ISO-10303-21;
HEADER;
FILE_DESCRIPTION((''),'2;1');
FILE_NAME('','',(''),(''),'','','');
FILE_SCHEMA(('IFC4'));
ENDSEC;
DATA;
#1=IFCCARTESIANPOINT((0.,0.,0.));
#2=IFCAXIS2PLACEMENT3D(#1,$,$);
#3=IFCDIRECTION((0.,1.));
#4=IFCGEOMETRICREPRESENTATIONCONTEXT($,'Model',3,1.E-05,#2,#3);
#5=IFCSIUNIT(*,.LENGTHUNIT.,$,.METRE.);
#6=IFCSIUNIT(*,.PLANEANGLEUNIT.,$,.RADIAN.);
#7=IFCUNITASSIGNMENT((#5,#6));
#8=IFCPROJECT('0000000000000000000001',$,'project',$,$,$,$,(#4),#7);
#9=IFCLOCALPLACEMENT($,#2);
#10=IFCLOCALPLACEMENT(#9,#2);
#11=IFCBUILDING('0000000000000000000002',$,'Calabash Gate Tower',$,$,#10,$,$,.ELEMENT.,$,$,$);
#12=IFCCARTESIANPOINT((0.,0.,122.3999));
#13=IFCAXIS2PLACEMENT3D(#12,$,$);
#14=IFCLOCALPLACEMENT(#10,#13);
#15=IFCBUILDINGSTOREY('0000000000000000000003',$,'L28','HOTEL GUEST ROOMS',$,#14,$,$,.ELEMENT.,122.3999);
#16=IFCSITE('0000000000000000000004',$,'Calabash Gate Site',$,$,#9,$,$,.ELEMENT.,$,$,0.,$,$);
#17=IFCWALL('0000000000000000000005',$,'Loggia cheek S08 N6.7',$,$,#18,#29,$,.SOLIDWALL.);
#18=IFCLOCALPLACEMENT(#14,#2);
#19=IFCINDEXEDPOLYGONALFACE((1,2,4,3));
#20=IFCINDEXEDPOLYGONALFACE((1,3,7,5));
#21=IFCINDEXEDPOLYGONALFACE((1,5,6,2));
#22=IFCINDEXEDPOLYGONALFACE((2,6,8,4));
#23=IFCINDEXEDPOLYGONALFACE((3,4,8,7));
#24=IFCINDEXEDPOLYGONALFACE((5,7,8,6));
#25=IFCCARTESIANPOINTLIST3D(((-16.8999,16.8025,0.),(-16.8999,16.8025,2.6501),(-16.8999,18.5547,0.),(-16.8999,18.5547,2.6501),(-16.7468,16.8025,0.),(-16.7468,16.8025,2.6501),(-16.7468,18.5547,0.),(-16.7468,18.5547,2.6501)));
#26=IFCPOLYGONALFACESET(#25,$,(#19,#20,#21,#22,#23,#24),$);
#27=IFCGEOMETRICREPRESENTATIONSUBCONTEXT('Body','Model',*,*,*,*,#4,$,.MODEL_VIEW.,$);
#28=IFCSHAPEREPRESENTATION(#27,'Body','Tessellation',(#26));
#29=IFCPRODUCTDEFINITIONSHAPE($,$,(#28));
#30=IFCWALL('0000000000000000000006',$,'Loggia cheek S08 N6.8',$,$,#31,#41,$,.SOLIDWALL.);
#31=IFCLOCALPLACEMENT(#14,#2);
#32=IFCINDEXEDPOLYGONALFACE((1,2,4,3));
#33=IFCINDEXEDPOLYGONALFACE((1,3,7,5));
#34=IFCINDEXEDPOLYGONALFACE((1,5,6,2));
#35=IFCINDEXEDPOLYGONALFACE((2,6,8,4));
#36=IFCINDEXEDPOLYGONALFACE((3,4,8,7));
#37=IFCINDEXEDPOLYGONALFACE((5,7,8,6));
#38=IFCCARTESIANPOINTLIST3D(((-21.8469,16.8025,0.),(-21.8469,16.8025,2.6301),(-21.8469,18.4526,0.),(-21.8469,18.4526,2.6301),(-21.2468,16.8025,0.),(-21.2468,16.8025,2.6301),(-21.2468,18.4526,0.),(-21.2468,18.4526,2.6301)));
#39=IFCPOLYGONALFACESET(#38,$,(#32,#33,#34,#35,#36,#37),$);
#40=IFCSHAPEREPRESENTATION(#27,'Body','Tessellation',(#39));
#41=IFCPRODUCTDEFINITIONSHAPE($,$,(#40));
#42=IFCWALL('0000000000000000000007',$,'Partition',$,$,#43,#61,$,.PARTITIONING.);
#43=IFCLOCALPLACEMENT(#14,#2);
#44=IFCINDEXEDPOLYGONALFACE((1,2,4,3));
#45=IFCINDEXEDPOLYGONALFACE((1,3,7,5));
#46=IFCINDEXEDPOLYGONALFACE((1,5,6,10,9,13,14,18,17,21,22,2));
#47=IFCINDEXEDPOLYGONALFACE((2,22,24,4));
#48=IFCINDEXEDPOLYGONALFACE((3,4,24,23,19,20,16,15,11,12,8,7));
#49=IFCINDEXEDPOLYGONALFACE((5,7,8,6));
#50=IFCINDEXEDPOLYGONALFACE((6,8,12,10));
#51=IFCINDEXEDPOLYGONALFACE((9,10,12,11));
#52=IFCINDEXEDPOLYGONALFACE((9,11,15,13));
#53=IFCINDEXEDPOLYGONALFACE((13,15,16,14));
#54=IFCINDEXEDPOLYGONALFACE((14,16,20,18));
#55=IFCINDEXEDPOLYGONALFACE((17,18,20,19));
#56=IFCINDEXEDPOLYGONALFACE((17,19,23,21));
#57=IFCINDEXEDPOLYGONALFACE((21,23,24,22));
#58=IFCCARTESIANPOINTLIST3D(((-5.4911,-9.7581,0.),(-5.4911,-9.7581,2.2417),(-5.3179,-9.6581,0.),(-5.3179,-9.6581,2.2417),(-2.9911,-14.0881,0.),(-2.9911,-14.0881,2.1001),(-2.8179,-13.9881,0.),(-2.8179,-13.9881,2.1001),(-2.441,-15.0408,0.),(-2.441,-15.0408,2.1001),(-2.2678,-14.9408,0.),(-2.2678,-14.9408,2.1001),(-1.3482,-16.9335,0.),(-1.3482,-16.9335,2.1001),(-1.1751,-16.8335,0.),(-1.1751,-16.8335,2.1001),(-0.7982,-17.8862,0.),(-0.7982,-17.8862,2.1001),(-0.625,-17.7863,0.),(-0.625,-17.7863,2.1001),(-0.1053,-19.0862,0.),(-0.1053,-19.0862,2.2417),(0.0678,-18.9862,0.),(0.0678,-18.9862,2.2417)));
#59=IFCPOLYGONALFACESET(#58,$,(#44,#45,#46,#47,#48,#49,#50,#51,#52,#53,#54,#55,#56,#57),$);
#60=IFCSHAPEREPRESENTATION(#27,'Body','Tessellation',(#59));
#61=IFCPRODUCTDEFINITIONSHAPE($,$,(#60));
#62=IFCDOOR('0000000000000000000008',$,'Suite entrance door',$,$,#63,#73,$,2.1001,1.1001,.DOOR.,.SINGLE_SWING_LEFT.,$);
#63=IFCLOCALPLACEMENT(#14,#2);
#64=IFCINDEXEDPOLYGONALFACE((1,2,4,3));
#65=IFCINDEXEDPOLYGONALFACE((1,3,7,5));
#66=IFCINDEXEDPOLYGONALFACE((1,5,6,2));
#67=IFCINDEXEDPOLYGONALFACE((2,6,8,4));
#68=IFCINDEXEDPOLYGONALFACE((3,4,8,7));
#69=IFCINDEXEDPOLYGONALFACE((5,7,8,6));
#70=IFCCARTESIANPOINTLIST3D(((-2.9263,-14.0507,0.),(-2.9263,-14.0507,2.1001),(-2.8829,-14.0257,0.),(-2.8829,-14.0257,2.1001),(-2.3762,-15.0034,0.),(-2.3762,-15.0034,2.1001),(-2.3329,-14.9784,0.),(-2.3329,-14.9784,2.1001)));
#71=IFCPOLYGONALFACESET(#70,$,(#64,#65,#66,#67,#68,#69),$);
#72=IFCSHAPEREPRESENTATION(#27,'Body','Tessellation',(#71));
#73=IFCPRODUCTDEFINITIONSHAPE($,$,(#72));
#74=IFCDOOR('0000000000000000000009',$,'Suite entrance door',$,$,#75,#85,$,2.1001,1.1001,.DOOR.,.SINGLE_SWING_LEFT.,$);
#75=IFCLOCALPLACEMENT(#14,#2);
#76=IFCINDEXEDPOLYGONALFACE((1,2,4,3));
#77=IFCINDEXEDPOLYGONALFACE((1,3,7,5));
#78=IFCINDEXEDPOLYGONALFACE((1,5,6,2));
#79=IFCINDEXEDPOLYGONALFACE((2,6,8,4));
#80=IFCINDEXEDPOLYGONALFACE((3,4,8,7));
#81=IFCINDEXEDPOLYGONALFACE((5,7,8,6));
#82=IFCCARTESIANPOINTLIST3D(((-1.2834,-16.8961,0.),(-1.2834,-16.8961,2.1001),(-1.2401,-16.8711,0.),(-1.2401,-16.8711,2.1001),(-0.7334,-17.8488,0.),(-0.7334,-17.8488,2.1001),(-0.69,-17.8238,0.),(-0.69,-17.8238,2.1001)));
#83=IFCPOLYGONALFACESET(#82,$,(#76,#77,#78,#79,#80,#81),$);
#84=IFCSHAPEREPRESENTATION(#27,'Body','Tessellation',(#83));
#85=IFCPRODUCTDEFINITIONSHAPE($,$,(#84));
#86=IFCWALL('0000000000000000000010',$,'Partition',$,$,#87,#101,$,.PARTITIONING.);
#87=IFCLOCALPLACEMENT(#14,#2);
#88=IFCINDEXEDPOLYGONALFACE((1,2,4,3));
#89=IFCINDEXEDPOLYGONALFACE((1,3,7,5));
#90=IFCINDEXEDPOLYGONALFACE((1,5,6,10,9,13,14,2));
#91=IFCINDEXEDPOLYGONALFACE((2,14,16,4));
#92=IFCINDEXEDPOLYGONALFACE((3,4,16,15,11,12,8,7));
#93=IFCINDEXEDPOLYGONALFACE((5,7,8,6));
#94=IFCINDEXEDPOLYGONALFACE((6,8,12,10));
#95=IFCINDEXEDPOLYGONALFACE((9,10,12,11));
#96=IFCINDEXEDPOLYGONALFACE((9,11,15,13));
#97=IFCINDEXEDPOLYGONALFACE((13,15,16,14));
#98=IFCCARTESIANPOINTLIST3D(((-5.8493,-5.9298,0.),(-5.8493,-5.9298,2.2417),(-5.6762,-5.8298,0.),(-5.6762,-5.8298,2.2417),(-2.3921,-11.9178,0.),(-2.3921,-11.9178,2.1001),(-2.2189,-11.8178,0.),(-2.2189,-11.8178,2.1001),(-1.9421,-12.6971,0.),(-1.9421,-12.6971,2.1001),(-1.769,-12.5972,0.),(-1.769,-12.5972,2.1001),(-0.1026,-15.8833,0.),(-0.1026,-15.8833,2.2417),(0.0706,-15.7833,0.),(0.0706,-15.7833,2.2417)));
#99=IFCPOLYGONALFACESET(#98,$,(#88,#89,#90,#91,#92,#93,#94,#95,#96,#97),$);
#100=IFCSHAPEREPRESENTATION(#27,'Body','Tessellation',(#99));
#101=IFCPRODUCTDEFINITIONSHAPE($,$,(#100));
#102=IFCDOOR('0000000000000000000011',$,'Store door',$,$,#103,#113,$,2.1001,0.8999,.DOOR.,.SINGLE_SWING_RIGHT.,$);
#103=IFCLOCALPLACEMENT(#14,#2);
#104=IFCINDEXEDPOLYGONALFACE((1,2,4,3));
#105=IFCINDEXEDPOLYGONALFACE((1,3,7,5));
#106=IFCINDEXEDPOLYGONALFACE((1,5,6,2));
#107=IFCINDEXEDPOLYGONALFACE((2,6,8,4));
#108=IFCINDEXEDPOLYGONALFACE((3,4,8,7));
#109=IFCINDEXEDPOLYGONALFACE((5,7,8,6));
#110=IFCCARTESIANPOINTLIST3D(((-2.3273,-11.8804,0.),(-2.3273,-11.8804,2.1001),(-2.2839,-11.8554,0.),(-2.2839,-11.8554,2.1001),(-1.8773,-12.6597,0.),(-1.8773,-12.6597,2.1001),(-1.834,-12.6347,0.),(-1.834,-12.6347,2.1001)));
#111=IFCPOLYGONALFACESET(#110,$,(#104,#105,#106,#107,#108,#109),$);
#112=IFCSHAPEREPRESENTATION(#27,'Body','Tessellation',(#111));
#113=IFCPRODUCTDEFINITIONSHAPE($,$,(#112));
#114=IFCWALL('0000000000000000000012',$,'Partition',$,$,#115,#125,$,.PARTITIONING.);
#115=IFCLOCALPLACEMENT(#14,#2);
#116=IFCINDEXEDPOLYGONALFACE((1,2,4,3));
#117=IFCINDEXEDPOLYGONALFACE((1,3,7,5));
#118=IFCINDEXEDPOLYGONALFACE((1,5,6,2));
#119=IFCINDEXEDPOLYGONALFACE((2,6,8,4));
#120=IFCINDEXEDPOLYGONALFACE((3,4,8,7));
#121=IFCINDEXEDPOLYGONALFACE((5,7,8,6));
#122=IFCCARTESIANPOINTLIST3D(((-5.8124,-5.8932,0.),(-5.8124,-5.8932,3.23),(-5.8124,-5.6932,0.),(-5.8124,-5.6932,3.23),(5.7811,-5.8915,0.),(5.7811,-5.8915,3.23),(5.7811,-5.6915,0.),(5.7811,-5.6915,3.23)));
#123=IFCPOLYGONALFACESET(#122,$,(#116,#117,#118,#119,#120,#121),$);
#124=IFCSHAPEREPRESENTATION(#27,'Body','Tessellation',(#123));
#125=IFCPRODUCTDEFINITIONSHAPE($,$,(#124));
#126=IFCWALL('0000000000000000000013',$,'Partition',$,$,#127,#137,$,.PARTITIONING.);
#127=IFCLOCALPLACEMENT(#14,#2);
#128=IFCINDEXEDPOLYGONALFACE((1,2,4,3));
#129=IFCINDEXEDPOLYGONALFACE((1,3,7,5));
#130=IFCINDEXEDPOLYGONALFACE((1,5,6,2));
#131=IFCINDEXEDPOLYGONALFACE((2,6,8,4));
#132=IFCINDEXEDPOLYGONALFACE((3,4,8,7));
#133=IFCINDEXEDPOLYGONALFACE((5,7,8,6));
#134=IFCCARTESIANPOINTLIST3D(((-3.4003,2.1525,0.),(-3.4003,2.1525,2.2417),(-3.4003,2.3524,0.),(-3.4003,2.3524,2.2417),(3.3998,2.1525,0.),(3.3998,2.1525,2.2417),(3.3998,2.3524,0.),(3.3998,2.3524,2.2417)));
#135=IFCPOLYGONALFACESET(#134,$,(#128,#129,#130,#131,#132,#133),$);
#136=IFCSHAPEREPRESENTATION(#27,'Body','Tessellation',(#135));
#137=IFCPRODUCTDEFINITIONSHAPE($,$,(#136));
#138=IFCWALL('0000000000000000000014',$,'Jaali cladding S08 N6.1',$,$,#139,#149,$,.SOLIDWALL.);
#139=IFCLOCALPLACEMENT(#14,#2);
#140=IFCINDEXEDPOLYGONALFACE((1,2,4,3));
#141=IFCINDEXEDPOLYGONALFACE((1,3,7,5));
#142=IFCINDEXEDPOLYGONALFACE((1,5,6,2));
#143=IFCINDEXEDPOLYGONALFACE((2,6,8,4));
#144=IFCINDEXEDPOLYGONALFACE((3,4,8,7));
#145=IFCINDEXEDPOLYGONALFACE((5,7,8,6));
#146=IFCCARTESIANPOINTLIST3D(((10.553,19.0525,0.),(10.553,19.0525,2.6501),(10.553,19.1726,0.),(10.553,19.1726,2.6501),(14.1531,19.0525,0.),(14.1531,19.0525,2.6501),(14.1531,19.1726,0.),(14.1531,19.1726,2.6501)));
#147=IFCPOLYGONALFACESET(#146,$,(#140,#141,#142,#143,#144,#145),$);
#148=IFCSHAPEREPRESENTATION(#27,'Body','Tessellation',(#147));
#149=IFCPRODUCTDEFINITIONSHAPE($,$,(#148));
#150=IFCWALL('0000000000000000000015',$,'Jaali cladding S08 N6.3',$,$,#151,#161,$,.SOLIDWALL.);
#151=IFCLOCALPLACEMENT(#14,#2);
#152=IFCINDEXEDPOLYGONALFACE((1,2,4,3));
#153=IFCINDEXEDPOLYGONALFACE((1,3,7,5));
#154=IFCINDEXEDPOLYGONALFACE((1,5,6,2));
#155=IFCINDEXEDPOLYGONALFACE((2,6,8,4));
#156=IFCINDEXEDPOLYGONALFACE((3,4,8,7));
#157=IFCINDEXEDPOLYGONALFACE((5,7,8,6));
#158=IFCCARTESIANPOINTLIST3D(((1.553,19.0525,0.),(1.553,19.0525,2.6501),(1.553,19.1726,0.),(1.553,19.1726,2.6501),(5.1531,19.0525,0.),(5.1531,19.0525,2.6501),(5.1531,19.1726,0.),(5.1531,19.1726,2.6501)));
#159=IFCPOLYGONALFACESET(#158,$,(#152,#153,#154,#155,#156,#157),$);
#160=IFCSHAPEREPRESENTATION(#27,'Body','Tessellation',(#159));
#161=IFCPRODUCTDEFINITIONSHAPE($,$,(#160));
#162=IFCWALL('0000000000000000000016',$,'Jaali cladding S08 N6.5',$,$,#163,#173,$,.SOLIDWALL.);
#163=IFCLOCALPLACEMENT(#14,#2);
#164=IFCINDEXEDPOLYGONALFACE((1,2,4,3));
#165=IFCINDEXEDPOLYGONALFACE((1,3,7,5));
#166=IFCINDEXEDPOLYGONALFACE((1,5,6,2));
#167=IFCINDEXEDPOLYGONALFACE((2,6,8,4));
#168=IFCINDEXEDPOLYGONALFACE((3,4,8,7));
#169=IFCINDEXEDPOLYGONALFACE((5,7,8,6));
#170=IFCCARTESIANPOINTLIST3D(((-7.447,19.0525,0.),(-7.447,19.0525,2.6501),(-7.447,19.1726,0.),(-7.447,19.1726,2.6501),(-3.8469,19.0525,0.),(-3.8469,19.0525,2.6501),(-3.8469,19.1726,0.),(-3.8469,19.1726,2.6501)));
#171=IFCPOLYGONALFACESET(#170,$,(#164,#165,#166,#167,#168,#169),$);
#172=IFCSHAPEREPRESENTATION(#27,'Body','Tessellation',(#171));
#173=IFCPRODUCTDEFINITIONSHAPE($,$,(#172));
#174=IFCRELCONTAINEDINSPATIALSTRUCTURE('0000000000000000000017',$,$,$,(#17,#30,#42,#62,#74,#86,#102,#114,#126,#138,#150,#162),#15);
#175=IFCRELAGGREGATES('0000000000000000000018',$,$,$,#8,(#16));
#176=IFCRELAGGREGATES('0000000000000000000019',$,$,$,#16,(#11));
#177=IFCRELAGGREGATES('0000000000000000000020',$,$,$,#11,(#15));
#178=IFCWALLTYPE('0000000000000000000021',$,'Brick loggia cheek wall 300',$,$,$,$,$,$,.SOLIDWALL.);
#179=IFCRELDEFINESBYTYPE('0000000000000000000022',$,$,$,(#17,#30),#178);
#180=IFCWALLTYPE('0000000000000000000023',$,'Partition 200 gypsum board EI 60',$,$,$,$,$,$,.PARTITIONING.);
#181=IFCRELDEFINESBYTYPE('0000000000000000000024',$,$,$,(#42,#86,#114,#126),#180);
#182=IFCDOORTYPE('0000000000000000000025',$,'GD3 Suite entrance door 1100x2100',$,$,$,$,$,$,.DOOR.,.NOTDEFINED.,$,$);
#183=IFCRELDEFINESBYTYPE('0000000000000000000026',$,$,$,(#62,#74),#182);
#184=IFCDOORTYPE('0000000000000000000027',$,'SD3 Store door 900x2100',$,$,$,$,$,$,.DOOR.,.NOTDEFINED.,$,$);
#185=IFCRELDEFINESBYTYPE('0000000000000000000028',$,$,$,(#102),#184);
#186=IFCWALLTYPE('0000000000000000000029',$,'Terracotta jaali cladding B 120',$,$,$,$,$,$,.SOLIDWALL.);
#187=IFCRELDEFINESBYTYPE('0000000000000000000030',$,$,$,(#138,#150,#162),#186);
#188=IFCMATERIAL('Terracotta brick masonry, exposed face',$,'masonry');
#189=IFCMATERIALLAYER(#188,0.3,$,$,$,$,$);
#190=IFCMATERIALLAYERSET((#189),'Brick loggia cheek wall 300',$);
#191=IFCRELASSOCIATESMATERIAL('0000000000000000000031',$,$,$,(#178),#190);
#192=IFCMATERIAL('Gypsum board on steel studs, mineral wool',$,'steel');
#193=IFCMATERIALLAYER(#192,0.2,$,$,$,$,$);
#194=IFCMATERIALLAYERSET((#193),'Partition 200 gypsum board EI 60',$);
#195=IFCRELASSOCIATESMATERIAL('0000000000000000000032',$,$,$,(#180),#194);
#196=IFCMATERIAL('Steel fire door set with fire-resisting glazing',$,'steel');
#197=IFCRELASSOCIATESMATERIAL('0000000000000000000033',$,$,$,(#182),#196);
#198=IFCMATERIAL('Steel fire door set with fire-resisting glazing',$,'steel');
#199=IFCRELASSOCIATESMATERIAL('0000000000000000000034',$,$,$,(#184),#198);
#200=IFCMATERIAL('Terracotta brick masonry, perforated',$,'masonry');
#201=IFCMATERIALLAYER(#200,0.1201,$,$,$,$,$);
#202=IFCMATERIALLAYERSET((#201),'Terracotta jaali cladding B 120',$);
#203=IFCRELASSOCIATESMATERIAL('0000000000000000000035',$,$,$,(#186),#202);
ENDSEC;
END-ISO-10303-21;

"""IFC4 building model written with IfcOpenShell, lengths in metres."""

from ifc_helpers import new_model, si_unit, direction, frame, frame_2d, origin, place, context, subcontext, project, spatial, polyline, rectangle, outline, extrude, material, layer, layer_set, type_object, element, fill, save


model = new_model("IFC4")

# Units and contexts
model_context = context("Model", 3, precision=1e-05, world=origin(), true_north=direction((0.0, 1.0)))
body_context = subcontext(model_context, "Body", "Model", "MODEL_VIEW")
ifc_project = project(units=[si_unit("LENGTHUNIT", "METRE"), si_unit("PLANEANGLEUNIT", "RADIAN")], contexts=[model_context])

# Site, building, storey
site_placement = place(None, origin())
site = spatial("IfcSite", under=ifc_project, at=site_placement, Name="Calabash Gate Site", CompositionType="ELEMENT", RefElevation=0.0)
building_placement = place(site_placement, origin())
building = spatial("IfcBuilding", under=site, at=building_placement, Name="Calabash Gate Tower", CompositionType="ELEMENT")
storey_placement = place(building_placement, frame((0.0, 0.0, 122.3999)))
storey = spatial("IfcBuildingStorey", under=building, at=storey_placement, Name="L28", Description="HOTEL GUEST ROOMS", CompositionType="ELEMENT", Elevation=122.3999)

# Walls
ifc_material_1 = material(Name="Terracotta brick masonry, exposed face", Category="masonry")
ifc_layer_1 = layer(ifc_material_1, 0.3)
ifc_layer_set_1 = layer_set([ifc_layer_1], Name="Brick loggia cheek wall 300")
wall_type_1 = type_object("IfcWallType", Name="Brick loggia cheek wall 300", PredefinedType="SOLIDWALL", material=ifc_layer_set_1)
wall_1_placement = place(storey_placement, origin())
element("IfcWall", 1, at=wall_1_placement, inside=storey, type_object=wall_type_1, Name="Loggia cheek S08 N6.7", PredefinedType="SOLIDWALL", context=body_context, shape_type="SweptSolid", body=[
    extrude(outline(polyline([(-16.8999, 18.5547), (-16.7468, 18.5547), (-16.7468, 16.8025), (-16.8999, 16.8025), (-16.8999, 18.5547)])), origin(), (0.0, 0.0, 1.0), 2.6501),
])
wall_2_placement = place(storey_placement, origin())
element("IfcWall", 2, at=wall_2_placement, inside=storey, type_object=wall_type_1, Name="Loggia cheek S08 N6.8", PredefinedType="SOLIDWALL", context=body_context, shape_type="SweptSolid", body=[
    extrude(outline(polyline([(-21.8469, 18.4526), (-21.8469, 16.8025), (-21.2468, 16.8025), (-21.2468, 18.4526), (-21.8469, 18.4526)])), origin(), (0.0, 0.0, 1.0), 2.6301),
])

# Wall, openings, doors
ifc_material_2 = material(Name="Gypsum board on steel studs, mineral wool", Category="steel")
ifc_layer_2 = layer(ifc_material_2, 0.2)
ifc_layer_set_2 = layer_set([ifc_layer_2], Name="Partition 200 gypsum board EI 60")
wall_type_2 = type_object("IfcWallType", Name="Partition 200 gypsum board EI 60", PredefinedType="PARTITIONING", material=ifc_layer_set_2)
wall_3_placement = place(storey_placement, frame((-5.4045, -9.708, 0.0), z_axis=(0.0, 0.0, 1.0), x_axis=(0.50001, -0.86602, 0.0)))
wall_3 = element("IfcWall", 3, at=wall_3_placement, inside=storey, type_object=wall_type_2, Name="Partition", PredefinedType="PARTITIONING", context=body_context, shape_type="SweptSolid", body=[
    extrude(rectangle(XDim=10.7712, YDim=0.2, at=frame_2d((5.3857, 0.0))), origin(), (0.0, 0.0, 1.0), 2.2417),
])
opening_1_placement = place(wall_3_placement, frame((5.0, 0.0, 0.0)))
opening_1 = element("IfcOpeningElement", 4, at=opening_1_placement, cuts=wall_3, PredefinedType="OPENING", context=body_context, shape_type="SweptSolid", body=[
    extrude(rectangle(XDim=1.1001, YDim=2.1001, at=frame_2d((0.55, 1.05))), frame((0.0, 0.1099, 0.0), z_axis=(0.0, -1.0, 0.0), x_axis=(1.0, 0.0, 0.0)), (0.0, 0.0, 1.0), 0.22),
])
opening_2_placement = place(wall_3_placement, frame((8.2856, 0.0, 0.0)))
opening_2 = element("IfcOpeningElement", 5, at=opening_2_placement, cuts=wall_3, PredefinedType="OPENING", context=body_context, shape_type="SweptSolid", body=[
    extrude(rectangle(XDim=1.1001, YDim=2.1001, at=frame_2d((0.55, 1.05))), frame((0.0, 0.1099, 0.0), z_axis=(0.0, -1.0, 0.0), x_axis=(1.0, 0.0, 0.0)), (0.0, 0.0, 1.0), 0.22),
])
ifc_material_3 = material(Name="Steel fire door set with fire-resisting glazing", Category="steel")
door_type_1 = type_object("IfcDoorType", Name="GD3 Suite entrance door 1100x2100", OperationType="NOTDEFINED", PredefinedType="DOOR", material=ifc_material_3)
door_1_placement = place(opening_1_placement, origin())
door_1 = element("IfcDoor", 6, at=door_1_placement, inside=storey, type_object=door_type_1, Name="Suite entrance door", OperationType="SINGLE_SWING_LEFT", OverallHeight=2.1001, OverallWidth=1.1001, PredefinedType="DOOR", context=body_context, shape_type="SweptSolid", body=[
    extrude(rectangle(XDim=1.1001, YDim=2.1001, at=frame_2d((0.55, 1.05))), frame((0.0, 0.0249, 0.0), z_axis=(0.0, -1.0, 0.0), x_axis=(1.0, 0.0, 0.0)), (0.0, 0.0, 1.0), 0.05),
])
fill(opening_1, door_1)
door_2_placement = place(opening_2_placement, origin())
door_2 = element("IfcDoor", 7, at=door_2_placement, inside=storey, type_object=door_type_1, Name="Suite entrance door", OperationType="SINGLE_SWING_LEFT", OverallHeight=2.1001, OverallWidth=1.1001, PredefinedType="DOOR", context=body_context, shape_type="SweptSolid", body=[
    extrude(rectangle(XDim=1.1001, YDim=2.1001, at=frame_2d((0.55, 1.05))), frame((0.0, 0.0249, 0.0), z_axis=(0.0, -1.0, 0.0), x_axis=(1.0, 0.0, 0.0)), (0.0, 0.0, 1.0), 0.05),
])
fill(opening_2, door_2)

# Wall, opening, door
wall_4_placement = place(storey_placement, frame((-5.7627, -5.8799, 0.0), z_axis=(0.0, 0.0, 1.0), x_axis=(0.500007, -0.866021, 0.0)))
wall_4 = element("IfcWall", 8, at=wall_4_placement, inside=storey, type_object=wall_type_2, Name="Partition", PredefinedType="PARTITIONING", context=body_context, shape_type="SweptSolid", body=[
    extrude(rectangle(XDim=11.4934, YDim=0.2, at=frame_2d((5.7466, 0.0))), origin(), (0.0, 0.0, 1.0), 2.2417),
])
opening_3_placement = place(wall_4_placement, frame((6.9143, 0.0, 0.0)))
opening_3 = element("IfcOpeningElement", 9, at=opening_3_placement, cuts=wall_4, PredefinedType="OPENING", context=body_context, shape_type="SweptSolid", body=[
    extrude(rectangle(XDim=0.8999, YDim=2.1001, at=frame_2d((0.45, 1.05))), frame((0.0, 0.1099, 0.0), z_axis=(0.0, -1.0, 0.0), x_axis=(1.0, 0.0, 0.0)), (0.0, 0.0, 1.0), 0.22),
])
ifc_material_4 = material(Name="Steel fire door set with fire-resisting glazing", Category="steel")
door_type_2 = type_object("IfcDoorType", Name="SD3 Store door 900x2100", OperationType="NOTDEFINED", PredefinedType="DOOR", material=ifc_material_4)
door_3_placement = place(opening_3_placement, origin())
door_3 = element("IfcDoor", 10, at=door_3_placement, inside=storey, type_object=door_type_2, Name="Store door", OperationType="SINGLE_SWING_RIGHT", OverallHeight=2.1001, OverallWidth=0.8999, PredefinedType="DOOR", context=body_context, shape_type="SweptSolid", body=[
    extrude(rectangle(XDim=0.8999, YDim=2.1001, at=frame_2d((0.45, 1.05))), frame((0.0, 0.0249, 0.0), z_axis=(0.0, -1.0, 0.0), x_axis=(1.0, 0.0, 0.0)), (0.0, 0.0, 1.0), 0.05),
])
fill(opening_3, door_3)

# Walls
wall_5_placement = place(storey_placement, frame((-5.8125, -5.7932, 0.0), z_axis=(0.0, 0.0, 1.0), x_axis=(1.0, 0.000147, 0.0)))
element("IfcWall", 11, at=wall_5_placement, inside=storey, type_object=wall_type_2, Name="Partition", PredefinedType="PARTITIONING", context=body_context, shape_type="SweptSolid", body=[
    extrude(rectangle(XDim=11.5935, YDim=0.2, at=frame_2d((5.7969, 0.0))), origin(), (0.0, 0.0, 1.0), 3.23),
])
wall_6_placement = place(storey_placement, frame((-3.4001, 2.2524, 0.0), z_axis=(0.0, 0.0, 1.0), x_axis=(1.0, 0.0, 0.0)))
element("IfcWall", 12, at=wall_6_placement, inside=storey, type_object=wall_type_2, Name="Partition", PredefinedType="PARTITIONING", context=body_context, shape_type="SweptSolid", body=[
    extrude(rectangle(XDim=6.8, YDim=0.2, at=frame_2d((3.3999, 0.0))), origin(), (0.0, 0.0, 1.0), 2.2417),
])
ifc_material_5 = material(Name="Terracotta brick masonry, perforated", Category="masonry")
ifc_layer_3 = layer(ifc_material_5, 0.1201)
ifc_layer_set_3 = layer_set([ifc_layer_3], Name="Terracotta jaali cladding B 120")
wall_type_3 = type_object("IfcWallType", Name="Terracotta jaali cladding B 120", PredefinedType="SOLIDWALL", material=ifc_layer_set_3)
wall_7_placement = place(storey_placement, origin())
element("IfcWall", 13, at=wall_7_placement, inside=storey, type_object=wall_type_3, Name="Jaali cladding S08 N6.1", PredefinedType="SOLIDWALL", context=body_context, shape_type="SweptSolid", body=[
    extrude(outline(polyline([(10.553, 19.1726), (10.553, 19.0525), (14.1531, 19.0525), (14.1531, 19.1726), (10.553, 19.1726)])), origin(), (0.0, 0.0, 1.0), 2.6501),
])
wall_8_placement = place(storey_placement, origin())
element("IfcWall", 14, at=wall_8_placement, inside=storey, type_object=wall_type_3, Name="Jaali cladding S08 N6.3", PredefinedType="SOLIDWALL", context=body_context, shape_type="SweptSolid", body=[
    extrude(outline(polyline([(1.553, 19.1726), (1.553, 19.0525), (5.1531, 19.0525), (5.1531, 19.1726), (1.553, 19.1726)])), origin(), (0.0, 0.0, 1.0), 2.6501),
])
wall_9_placement = place(storey_placement, origin())
element("IfcWall", 15, at=wall_9_placement, inside=storey, type_object=wall_type_3, Name="Jaali cladding S08 N6.5", PredefinedType="SOLIDWALL", context=body_context, shape_type="SweptSolid", body=[
    extrude(outline(polyline([(-7.447, 19.1726), (-7.447, 19.0525), (-3.8469, 19.0525), (-3.8469, 19.1726), (-7.447, 19.1726)])), origin(), (0.0, 0.0, 1.0), 2.6501),
])

save(model, "model.ifc")
